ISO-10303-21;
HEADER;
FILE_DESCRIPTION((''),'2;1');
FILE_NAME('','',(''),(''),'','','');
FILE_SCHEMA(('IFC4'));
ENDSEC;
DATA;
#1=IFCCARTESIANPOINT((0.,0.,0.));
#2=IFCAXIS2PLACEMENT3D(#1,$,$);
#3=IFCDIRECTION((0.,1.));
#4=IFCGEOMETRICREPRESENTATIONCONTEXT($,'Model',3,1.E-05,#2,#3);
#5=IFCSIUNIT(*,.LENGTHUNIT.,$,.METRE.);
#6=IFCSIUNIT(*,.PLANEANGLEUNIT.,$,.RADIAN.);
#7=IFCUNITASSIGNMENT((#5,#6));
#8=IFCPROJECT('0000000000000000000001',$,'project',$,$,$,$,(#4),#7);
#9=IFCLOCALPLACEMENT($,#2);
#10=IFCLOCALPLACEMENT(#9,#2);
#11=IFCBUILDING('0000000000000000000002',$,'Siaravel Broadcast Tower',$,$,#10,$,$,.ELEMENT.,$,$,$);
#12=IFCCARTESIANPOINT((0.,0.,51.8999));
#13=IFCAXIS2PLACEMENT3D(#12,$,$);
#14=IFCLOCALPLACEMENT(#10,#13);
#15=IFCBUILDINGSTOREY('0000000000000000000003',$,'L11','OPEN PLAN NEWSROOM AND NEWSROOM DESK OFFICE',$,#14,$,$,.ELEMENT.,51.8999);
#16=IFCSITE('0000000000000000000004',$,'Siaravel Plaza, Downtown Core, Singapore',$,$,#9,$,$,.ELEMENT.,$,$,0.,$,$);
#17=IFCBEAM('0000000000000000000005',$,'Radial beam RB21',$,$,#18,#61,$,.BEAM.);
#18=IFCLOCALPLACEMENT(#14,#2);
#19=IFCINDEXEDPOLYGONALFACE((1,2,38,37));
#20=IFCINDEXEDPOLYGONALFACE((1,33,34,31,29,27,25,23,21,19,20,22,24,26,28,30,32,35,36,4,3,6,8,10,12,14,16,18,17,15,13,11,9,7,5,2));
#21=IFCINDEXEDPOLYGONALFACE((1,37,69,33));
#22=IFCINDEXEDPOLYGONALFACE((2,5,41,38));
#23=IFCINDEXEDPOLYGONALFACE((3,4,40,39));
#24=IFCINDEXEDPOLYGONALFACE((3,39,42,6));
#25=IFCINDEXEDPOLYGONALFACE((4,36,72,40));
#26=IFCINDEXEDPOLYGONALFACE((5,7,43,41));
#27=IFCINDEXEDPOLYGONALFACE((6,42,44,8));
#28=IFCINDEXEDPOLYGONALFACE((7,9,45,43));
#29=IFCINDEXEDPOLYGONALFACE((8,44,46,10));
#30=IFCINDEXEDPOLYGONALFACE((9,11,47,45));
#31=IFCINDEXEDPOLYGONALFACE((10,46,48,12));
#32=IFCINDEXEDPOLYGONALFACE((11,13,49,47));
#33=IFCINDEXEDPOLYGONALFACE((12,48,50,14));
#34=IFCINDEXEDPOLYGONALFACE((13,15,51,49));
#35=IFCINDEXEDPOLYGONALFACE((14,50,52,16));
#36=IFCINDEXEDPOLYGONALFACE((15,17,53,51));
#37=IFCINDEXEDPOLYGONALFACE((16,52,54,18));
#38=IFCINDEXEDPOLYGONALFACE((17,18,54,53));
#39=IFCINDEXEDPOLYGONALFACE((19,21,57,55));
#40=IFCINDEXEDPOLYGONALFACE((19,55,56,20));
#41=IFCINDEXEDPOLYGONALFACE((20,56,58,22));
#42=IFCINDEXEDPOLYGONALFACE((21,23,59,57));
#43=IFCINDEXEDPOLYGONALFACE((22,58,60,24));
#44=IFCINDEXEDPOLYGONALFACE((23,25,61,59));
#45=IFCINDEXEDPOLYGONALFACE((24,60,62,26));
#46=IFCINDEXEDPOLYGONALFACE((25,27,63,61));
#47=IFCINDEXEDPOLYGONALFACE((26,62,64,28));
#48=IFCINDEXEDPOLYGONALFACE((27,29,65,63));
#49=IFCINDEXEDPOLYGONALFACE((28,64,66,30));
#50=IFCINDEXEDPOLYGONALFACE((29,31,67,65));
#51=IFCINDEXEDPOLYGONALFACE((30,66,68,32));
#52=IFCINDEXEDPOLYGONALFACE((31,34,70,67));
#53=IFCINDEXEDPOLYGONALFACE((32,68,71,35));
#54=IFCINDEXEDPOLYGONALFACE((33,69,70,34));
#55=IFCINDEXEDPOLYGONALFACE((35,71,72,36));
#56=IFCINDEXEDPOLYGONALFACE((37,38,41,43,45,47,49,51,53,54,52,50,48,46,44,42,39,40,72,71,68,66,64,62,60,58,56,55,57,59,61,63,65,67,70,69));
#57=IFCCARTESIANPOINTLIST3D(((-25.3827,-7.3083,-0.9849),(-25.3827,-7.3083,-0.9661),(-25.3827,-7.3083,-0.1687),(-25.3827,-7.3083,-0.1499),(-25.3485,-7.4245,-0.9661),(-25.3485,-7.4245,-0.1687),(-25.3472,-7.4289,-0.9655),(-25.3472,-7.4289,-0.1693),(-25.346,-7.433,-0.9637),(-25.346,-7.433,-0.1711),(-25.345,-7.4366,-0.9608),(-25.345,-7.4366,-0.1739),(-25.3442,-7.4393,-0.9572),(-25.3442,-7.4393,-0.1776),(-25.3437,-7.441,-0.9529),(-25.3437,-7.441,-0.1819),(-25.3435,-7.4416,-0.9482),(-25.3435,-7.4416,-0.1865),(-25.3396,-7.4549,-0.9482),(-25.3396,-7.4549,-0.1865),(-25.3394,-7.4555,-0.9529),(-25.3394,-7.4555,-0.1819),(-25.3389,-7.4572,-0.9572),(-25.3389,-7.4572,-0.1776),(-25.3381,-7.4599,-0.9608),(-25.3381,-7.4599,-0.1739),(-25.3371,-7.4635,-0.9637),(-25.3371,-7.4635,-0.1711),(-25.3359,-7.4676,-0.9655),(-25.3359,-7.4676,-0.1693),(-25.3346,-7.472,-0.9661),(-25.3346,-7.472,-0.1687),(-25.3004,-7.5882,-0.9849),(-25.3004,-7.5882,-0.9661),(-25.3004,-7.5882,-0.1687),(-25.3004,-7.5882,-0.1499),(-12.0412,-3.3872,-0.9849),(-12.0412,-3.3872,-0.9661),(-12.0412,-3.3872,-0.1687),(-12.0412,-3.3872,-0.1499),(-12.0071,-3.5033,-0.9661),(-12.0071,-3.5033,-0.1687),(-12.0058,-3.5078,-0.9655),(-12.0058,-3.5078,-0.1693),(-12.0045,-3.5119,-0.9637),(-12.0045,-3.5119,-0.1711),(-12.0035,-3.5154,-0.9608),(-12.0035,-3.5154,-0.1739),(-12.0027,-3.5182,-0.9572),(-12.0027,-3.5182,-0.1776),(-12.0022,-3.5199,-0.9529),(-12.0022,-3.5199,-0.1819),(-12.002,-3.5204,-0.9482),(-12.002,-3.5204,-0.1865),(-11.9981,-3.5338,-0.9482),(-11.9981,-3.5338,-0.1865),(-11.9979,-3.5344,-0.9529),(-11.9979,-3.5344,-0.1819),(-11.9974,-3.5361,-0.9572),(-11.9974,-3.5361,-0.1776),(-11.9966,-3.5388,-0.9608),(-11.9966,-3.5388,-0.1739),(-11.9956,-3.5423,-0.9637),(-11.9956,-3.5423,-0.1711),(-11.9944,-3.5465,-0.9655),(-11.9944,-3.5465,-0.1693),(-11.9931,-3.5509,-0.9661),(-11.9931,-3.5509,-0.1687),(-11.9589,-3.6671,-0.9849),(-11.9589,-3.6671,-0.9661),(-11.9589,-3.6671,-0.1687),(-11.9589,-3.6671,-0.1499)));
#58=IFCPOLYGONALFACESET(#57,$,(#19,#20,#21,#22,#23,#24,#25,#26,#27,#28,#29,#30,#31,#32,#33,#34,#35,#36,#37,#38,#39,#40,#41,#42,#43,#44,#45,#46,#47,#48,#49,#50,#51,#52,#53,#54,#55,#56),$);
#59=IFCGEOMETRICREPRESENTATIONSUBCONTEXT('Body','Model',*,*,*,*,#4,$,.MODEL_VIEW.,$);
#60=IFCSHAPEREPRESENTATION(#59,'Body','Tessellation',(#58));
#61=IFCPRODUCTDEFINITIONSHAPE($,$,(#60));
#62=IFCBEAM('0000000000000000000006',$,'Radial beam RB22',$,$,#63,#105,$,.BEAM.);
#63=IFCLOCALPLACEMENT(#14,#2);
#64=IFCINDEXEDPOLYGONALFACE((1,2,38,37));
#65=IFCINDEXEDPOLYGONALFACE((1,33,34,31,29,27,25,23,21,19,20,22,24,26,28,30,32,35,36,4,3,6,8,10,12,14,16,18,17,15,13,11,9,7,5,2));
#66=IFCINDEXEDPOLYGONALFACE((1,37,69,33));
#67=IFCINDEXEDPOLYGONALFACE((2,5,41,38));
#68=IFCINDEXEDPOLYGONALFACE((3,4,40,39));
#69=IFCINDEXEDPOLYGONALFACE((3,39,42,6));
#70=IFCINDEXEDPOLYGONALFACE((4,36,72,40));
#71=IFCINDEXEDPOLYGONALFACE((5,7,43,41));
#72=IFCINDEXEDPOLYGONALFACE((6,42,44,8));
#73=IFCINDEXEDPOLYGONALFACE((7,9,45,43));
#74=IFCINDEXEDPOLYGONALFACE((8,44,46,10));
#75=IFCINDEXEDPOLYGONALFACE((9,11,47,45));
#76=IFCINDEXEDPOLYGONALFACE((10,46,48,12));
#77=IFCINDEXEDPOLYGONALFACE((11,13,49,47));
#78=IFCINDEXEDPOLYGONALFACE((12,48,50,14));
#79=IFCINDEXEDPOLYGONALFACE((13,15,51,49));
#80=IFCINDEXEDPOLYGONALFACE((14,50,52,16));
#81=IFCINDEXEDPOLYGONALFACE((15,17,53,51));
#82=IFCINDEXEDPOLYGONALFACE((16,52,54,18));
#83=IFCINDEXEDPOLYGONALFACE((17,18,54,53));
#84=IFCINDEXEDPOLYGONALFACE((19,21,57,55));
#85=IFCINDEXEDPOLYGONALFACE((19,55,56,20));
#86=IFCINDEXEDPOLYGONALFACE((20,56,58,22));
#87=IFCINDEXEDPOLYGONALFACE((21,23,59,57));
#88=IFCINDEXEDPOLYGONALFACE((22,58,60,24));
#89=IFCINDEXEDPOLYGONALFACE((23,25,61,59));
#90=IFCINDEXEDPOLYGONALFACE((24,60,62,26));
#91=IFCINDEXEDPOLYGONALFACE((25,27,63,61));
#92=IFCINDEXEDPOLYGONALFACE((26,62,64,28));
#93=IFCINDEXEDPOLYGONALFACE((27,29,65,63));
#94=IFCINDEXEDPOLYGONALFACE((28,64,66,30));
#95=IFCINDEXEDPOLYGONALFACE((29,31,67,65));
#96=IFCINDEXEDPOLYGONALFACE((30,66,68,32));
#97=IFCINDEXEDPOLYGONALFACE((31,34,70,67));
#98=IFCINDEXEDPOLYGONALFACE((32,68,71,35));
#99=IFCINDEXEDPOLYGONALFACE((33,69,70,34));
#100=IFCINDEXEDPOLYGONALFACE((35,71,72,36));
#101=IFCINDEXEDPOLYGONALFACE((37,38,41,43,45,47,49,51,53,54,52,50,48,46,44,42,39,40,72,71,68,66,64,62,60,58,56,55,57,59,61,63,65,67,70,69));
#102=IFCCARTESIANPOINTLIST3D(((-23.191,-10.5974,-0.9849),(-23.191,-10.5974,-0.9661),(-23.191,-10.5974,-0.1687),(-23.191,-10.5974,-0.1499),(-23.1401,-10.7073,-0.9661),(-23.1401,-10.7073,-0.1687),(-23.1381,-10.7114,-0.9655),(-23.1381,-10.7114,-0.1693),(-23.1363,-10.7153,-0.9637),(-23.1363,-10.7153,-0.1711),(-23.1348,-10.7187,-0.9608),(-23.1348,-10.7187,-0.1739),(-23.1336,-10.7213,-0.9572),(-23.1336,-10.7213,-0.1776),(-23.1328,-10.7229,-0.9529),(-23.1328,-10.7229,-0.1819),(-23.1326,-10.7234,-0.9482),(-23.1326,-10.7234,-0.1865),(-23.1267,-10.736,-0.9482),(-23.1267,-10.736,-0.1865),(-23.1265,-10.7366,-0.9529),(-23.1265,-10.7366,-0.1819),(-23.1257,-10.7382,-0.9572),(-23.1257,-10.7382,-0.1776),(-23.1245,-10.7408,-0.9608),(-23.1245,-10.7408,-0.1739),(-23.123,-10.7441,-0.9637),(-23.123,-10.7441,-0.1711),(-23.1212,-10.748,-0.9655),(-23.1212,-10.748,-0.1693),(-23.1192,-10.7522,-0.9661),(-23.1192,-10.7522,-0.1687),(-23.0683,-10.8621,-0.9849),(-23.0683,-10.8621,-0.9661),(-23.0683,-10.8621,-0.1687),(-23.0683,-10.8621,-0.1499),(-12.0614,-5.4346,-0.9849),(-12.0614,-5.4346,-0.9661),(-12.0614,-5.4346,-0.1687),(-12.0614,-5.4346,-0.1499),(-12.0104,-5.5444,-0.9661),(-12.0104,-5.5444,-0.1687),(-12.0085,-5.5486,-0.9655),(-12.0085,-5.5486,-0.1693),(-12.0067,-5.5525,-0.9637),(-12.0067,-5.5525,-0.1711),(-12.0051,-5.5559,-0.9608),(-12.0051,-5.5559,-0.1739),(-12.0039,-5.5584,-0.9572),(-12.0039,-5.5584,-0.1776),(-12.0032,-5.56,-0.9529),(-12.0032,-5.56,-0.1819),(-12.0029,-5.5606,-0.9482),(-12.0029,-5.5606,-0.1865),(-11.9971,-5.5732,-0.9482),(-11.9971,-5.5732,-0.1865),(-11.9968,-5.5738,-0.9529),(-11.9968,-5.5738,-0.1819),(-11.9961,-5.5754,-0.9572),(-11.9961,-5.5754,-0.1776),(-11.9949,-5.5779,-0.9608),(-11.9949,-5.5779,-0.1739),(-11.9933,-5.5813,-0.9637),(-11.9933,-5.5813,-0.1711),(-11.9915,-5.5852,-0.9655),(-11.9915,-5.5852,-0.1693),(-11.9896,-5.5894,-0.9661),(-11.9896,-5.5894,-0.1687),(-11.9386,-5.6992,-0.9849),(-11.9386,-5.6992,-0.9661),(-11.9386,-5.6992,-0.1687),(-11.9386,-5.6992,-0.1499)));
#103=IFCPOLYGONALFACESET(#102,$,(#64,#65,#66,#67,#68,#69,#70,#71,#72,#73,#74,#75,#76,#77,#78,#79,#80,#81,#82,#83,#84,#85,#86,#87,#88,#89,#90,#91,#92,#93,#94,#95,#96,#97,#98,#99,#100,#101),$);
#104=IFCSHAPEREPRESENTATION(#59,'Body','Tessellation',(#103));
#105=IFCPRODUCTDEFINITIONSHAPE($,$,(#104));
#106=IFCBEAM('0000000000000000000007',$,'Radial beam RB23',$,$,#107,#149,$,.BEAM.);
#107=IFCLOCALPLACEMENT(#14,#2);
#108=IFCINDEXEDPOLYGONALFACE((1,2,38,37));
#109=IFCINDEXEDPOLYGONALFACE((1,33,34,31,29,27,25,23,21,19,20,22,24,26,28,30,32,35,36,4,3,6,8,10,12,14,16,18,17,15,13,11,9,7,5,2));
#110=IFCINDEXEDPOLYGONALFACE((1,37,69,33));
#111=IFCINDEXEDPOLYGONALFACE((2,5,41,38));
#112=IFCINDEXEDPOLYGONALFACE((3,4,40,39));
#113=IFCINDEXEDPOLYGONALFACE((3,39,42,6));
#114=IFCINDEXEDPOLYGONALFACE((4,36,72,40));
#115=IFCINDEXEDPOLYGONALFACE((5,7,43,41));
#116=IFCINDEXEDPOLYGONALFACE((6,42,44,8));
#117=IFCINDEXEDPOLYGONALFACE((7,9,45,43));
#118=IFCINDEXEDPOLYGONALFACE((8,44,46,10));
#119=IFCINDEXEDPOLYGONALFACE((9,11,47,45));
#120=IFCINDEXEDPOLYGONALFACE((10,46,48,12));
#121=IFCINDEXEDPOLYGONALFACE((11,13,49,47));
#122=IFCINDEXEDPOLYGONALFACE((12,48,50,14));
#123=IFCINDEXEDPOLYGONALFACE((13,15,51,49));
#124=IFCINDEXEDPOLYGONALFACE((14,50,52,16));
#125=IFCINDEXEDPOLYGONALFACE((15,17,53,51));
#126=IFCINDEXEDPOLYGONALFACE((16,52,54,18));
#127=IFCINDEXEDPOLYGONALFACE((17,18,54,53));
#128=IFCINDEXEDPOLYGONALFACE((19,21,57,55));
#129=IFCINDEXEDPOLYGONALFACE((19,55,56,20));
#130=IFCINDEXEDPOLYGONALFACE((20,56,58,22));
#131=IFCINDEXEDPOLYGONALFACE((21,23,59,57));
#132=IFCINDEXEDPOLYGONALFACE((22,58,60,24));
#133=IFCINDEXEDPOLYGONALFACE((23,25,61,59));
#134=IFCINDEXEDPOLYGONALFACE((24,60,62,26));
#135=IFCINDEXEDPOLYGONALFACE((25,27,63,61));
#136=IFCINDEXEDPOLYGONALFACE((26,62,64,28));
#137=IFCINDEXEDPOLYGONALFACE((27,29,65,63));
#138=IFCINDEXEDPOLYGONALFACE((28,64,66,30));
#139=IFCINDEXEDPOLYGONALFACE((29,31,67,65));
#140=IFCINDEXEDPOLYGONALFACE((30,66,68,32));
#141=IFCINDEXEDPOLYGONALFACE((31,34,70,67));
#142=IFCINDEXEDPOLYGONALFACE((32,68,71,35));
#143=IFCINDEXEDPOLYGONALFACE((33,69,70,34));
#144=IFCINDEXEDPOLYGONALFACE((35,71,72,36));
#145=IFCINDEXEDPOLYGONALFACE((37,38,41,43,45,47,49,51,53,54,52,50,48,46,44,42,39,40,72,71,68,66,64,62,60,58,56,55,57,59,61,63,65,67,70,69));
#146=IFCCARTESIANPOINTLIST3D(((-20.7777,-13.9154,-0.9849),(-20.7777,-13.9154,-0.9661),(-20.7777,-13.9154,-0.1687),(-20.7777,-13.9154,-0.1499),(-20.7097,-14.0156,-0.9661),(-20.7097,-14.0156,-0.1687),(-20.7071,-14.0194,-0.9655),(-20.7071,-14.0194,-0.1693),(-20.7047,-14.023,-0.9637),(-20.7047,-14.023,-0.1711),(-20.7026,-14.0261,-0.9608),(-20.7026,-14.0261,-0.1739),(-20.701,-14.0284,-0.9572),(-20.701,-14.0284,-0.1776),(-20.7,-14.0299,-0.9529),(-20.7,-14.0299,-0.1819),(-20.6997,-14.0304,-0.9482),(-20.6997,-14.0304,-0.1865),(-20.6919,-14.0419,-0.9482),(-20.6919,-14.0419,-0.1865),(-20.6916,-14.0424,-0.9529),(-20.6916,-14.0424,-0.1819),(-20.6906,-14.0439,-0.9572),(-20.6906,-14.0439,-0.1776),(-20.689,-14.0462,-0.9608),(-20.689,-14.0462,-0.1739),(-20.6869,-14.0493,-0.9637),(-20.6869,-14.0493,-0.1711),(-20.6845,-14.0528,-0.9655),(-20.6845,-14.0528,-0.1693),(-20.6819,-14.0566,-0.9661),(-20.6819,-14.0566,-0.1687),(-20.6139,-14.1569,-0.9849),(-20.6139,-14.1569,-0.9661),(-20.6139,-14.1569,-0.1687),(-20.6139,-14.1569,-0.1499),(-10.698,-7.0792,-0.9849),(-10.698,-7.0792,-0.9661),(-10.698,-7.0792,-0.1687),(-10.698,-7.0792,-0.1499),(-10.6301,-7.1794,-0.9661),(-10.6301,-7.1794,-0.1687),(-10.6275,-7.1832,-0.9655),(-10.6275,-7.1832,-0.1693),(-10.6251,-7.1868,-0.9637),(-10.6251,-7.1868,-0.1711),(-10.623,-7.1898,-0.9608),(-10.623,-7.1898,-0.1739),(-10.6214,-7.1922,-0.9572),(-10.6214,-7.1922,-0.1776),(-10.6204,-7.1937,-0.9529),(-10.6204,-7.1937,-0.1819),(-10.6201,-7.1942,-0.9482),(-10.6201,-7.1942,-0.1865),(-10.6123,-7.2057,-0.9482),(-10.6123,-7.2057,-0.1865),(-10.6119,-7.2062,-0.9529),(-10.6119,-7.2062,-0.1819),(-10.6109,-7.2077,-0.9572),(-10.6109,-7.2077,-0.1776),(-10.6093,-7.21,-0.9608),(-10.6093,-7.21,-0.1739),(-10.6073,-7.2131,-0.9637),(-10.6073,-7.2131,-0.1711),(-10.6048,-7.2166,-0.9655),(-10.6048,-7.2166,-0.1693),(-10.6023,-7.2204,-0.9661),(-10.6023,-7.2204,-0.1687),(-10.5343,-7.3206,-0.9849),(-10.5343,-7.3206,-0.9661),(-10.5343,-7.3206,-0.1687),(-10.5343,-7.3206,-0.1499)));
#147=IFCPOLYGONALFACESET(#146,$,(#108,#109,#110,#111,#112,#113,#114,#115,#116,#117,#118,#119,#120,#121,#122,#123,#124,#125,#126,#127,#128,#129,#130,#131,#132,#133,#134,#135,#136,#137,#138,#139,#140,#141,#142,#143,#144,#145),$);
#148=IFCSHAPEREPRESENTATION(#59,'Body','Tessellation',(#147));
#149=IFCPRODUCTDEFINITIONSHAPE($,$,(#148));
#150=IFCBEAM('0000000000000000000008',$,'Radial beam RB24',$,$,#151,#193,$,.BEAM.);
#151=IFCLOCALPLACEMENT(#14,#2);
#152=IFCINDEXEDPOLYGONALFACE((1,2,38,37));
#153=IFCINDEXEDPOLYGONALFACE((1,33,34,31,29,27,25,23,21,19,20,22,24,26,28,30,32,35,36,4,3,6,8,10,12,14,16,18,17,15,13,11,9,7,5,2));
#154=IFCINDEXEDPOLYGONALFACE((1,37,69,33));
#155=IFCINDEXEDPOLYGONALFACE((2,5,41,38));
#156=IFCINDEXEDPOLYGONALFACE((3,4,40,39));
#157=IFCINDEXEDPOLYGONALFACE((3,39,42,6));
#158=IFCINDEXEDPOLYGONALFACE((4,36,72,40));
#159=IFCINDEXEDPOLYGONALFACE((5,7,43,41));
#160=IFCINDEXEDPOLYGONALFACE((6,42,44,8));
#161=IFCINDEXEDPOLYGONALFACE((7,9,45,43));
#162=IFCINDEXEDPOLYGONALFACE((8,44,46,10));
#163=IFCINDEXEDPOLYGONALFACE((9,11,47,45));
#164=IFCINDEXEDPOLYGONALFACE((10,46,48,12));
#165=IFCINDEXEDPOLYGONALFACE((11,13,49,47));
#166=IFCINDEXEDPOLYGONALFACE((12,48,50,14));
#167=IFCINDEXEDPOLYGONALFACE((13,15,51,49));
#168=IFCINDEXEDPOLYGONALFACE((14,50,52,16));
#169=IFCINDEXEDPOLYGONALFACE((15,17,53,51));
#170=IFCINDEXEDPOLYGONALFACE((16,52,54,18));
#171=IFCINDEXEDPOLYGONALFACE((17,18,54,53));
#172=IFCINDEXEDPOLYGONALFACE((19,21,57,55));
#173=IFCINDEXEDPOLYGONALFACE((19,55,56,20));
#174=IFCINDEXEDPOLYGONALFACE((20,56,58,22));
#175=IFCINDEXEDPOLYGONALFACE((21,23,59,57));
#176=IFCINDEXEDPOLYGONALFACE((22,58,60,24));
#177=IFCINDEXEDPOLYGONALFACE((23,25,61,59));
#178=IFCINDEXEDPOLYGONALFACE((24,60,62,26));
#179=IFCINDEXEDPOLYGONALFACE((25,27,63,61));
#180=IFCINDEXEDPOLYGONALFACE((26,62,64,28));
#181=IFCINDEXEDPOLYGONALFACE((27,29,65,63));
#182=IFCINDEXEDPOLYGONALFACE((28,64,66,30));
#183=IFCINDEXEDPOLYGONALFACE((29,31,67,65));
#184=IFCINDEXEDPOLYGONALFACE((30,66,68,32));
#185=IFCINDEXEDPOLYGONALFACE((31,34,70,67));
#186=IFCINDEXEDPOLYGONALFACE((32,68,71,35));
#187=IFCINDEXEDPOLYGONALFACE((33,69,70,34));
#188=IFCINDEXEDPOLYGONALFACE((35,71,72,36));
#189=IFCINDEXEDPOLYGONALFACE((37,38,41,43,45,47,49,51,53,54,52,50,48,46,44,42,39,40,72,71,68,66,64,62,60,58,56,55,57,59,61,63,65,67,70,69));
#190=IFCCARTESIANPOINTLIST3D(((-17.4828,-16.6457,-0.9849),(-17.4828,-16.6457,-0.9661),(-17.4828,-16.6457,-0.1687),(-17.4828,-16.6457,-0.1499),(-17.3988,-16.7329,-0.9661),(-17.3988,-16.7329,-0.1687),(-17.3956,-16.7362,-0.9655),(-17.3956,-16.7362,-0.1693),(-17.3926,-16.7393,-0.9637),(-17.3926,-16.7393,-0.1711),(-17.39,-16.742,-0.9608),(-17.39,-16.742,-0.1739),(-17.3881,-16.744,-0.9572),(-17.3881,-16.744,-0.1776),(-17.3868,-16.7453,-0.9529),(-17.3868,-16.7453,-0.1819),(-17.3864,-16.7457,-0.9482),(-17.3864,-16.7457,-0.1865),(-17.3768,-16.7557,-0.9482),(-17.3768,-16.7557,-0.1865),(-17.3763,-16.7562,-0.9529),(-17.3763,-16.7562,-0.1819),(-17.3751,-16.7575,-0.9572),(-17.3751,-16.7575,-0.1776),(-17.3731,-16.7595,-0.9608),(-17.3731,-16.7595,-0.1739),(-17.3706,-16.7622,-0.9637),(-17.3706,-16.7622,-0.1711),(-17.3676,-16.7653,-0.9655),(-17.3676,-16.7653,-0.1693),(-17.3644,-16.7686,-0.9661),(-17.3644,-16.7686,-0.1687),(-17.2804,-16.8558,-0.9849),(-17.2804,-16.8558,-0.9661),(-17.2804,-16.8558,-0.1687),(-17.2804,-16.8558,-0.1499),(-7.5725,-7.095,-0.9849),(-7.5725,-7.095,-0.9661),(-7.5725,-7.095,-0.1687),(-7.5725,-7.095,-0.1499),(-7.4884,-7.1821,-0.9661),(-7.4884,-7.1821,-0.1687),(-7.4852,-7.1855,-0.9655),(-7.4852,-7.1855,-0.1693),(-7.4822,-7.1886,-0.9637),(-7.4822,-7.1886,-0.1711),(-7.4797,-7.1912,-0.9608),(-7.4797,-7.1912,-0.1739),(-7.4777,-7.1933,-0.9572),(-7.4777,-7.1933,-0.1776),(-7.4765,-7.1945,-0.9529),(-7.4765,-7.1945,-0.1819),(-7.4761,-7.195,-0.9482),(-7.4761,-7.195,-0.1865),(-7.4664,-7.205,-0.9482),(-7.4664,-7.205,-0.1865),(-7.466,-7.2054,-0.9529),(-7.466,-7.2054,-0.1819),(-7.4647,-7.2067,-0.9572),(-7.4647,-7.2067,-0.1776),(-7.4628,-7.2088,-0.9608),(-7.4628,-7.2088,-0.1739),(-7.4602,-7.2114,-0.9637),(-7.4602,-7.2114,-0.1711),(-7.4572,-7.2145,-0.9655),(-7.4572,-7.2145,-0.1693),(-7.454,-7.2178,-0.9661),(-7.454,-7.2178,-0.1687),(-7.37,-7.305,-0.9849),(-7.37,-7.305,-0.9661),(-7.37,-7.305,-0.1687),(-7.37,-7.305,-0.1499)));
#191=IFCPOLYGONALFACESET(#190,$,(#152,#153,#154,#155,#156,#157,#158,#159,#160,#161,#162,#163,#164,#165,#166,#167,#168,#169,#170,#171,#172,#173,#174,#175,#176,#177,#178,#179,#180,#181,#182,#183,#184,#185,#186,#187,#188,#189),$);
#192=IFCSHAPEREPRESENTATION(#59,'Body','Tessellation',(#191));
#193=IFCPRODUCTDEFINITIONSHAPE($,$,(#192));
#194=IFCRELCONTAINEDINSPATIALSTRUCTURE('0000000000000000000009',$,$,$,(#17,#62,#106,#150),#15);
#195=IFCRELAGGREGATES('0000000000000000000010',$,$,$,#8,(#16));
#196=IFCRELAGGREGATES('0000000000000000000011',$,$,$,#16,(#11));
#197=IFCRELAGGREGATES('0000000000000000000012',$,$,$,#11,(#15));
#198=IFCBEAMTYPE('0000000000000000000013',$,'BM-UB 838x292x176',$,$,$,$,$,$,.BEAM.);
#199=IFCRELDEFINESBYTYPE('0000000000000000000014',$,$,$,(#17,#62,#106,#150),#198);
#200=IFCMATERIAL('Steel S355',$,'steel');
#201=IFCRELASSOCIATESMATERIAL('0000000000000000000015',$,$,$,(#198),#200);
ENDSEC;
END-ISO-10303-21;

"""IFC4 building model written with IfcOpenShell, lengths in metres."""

from ifc_helpers import new_model, si_unit, direction, frame, origin, origin_2d, place, context, subcontext, project, spatial, i_section, extrude, material, material_profile, profile_set, type_object, element, save


model = new_model("IFC4")

# Units and contexts
model_context = context("Model", 3, precision=1e-05, world=origin(), true_north=direction((0.0, 1.0)))
body_context = subcontext(model_context, "Body", "Model", "MODEL_VIEW")
ifc_project = project(units=[si_unit("LENGTHUNIT", "METRE"), si_unit("PLANEANGLEUNIT", "RADIAN")], contexts=[model_context])

# Site, building, storey
site_placement = place(None, origin())
site = spatial("IfcSite", under=ifc_project, at=site_placement, Name="Siaravel Plaza, Downtown Core, Singapore", CompositionType="ELEMENT", RefElevation=0.0)
building_placement = place(site_placement, origin())
building = spatial("IfcBuilding", under=site, at=building_placement, Name="Siaravel Broadcast Tower", CompositionType="ELEMENT")
storey_placement = place(building_placement, frame((0.0, 0.0, 51.8999)))
storey = spatial("IfcBuildingStorey", under=building, at=storey_placement, Name="L11", Description="OPEN PLAN NEWSROOM AND NEWSROOM DESK OFFICE", CompositionType="ELEMENT", Elevation=51.8999)

# Beams
ifc_material_1 = material(Name="Steel S355", Category="steel")
ifc_material_profile_1 = material_profile(ifc_material_1, i_section(OverallWidth=0.2917, OverallDepth=0.835, WebThickness=0.0139, FlangeThickness=0.0188, FilletRadius=0.0178, at=origin_2d()))
ifc_profile_set_1 = profile_set([ifc_material_profile_1], Name="Steel S355")
beam_type = type_object("IfcBeamType", Name="BM-UB 838x292x176", PredefinedType="BEAM", material=ifc_profile_set_1)
beam_1_placement = place(storey_placement, frame((-25.3416, -7.4482, -0.5674), z_axis=(0.959421, 0.281978, 0.0), x_axis=(-0.281978, 0.959421, 0.0)))
element("IfcBeam", 1, at=beam_1_placement, inside=storey, type_object=beam_type, Name="Radial beam RB21", PredefinedType="BEAM", context=body_context, shape_type="SweptSolid", body=[
    extrude(i_section(OverallWidth=0.2917, OverallDepth=0.835, WebThickness=0.0139, FlangeThickness=0.0188, FilletRadius=0.0178, at=origin_2d()), origin(), (0.0, 0.0, 1.0), 13.9058),
])
beam_2_placement = place(storey_placement, frame((-23.1296, -10.7297, -0.5674), z_axis=(0.907149, 0.42081, 0.0), x_axis=(-0.42081, 0.907149, 0.0)))
element("IfcBeam", 2, at=beam_2_placement, inside=storey, type_object=beam_type, Name="Radial beam RB22", PredefinedType="BEAM", context=body_context, shape_type="SweptSolid", body=[
    extrude(i_section(OverallWidth=0.2917, OverallDepth=0.835, WebThickness=0.0139, FlangeThickness=0.0188, FilletRadius=0.0178, at=origin_2d()), origin(), (0.0, 0.0, 1.0), 12.2688),
])
beam_3_placement = place(storey_placement, frame((-20.6958, -14.0361, -0.5674), z_axis=(0.827611, 0.561302, 0.0), x_axis=(-0.561302, 0.827611, 0.0)))
element("IfcBeam", 3, at=beam_3_placement, inside=storey, type_object=beam_type, Name="Radial beam RB23", PredefinedType="BEAM", context=body_context, shape_type="SweptSolid", body=[
    extrude(i_section(OverallWidth=0.2917, OverallDepth=0.835, WebThickness=0.0139, FlangeThickness=0.0188, FilletRadius=0.0178, at=origin_2d()), origin(), (0.0, 0.0, 1.0), 12.1792),
])
beam_4_placement = place(storey_placement, frame((-17.3816, -16.7507, -0.5674), z_axis=(0.72005, 0.693922, 0.0), x_axis=(-0.693922, 0.72005, 0.0)))
element("IfcBeam", 4, at=beam_4_placement, inside=storey, type_object=beam_type, Name="Radial beam RB24", PredefinedType="BEAM", context=body_context, shape_type="SweptSolid", body=[
    extrude(i_section(OverallWidth=0.2917, OverallDepth=0.835, WebThickness=0.0139, FlangeThickness=0.0188, FilletRadius=0.0178, at=origin_2d()), origin(), (0.0, 0.0, 1.0), 13.7634),
])

save(model, "model.ifc")
